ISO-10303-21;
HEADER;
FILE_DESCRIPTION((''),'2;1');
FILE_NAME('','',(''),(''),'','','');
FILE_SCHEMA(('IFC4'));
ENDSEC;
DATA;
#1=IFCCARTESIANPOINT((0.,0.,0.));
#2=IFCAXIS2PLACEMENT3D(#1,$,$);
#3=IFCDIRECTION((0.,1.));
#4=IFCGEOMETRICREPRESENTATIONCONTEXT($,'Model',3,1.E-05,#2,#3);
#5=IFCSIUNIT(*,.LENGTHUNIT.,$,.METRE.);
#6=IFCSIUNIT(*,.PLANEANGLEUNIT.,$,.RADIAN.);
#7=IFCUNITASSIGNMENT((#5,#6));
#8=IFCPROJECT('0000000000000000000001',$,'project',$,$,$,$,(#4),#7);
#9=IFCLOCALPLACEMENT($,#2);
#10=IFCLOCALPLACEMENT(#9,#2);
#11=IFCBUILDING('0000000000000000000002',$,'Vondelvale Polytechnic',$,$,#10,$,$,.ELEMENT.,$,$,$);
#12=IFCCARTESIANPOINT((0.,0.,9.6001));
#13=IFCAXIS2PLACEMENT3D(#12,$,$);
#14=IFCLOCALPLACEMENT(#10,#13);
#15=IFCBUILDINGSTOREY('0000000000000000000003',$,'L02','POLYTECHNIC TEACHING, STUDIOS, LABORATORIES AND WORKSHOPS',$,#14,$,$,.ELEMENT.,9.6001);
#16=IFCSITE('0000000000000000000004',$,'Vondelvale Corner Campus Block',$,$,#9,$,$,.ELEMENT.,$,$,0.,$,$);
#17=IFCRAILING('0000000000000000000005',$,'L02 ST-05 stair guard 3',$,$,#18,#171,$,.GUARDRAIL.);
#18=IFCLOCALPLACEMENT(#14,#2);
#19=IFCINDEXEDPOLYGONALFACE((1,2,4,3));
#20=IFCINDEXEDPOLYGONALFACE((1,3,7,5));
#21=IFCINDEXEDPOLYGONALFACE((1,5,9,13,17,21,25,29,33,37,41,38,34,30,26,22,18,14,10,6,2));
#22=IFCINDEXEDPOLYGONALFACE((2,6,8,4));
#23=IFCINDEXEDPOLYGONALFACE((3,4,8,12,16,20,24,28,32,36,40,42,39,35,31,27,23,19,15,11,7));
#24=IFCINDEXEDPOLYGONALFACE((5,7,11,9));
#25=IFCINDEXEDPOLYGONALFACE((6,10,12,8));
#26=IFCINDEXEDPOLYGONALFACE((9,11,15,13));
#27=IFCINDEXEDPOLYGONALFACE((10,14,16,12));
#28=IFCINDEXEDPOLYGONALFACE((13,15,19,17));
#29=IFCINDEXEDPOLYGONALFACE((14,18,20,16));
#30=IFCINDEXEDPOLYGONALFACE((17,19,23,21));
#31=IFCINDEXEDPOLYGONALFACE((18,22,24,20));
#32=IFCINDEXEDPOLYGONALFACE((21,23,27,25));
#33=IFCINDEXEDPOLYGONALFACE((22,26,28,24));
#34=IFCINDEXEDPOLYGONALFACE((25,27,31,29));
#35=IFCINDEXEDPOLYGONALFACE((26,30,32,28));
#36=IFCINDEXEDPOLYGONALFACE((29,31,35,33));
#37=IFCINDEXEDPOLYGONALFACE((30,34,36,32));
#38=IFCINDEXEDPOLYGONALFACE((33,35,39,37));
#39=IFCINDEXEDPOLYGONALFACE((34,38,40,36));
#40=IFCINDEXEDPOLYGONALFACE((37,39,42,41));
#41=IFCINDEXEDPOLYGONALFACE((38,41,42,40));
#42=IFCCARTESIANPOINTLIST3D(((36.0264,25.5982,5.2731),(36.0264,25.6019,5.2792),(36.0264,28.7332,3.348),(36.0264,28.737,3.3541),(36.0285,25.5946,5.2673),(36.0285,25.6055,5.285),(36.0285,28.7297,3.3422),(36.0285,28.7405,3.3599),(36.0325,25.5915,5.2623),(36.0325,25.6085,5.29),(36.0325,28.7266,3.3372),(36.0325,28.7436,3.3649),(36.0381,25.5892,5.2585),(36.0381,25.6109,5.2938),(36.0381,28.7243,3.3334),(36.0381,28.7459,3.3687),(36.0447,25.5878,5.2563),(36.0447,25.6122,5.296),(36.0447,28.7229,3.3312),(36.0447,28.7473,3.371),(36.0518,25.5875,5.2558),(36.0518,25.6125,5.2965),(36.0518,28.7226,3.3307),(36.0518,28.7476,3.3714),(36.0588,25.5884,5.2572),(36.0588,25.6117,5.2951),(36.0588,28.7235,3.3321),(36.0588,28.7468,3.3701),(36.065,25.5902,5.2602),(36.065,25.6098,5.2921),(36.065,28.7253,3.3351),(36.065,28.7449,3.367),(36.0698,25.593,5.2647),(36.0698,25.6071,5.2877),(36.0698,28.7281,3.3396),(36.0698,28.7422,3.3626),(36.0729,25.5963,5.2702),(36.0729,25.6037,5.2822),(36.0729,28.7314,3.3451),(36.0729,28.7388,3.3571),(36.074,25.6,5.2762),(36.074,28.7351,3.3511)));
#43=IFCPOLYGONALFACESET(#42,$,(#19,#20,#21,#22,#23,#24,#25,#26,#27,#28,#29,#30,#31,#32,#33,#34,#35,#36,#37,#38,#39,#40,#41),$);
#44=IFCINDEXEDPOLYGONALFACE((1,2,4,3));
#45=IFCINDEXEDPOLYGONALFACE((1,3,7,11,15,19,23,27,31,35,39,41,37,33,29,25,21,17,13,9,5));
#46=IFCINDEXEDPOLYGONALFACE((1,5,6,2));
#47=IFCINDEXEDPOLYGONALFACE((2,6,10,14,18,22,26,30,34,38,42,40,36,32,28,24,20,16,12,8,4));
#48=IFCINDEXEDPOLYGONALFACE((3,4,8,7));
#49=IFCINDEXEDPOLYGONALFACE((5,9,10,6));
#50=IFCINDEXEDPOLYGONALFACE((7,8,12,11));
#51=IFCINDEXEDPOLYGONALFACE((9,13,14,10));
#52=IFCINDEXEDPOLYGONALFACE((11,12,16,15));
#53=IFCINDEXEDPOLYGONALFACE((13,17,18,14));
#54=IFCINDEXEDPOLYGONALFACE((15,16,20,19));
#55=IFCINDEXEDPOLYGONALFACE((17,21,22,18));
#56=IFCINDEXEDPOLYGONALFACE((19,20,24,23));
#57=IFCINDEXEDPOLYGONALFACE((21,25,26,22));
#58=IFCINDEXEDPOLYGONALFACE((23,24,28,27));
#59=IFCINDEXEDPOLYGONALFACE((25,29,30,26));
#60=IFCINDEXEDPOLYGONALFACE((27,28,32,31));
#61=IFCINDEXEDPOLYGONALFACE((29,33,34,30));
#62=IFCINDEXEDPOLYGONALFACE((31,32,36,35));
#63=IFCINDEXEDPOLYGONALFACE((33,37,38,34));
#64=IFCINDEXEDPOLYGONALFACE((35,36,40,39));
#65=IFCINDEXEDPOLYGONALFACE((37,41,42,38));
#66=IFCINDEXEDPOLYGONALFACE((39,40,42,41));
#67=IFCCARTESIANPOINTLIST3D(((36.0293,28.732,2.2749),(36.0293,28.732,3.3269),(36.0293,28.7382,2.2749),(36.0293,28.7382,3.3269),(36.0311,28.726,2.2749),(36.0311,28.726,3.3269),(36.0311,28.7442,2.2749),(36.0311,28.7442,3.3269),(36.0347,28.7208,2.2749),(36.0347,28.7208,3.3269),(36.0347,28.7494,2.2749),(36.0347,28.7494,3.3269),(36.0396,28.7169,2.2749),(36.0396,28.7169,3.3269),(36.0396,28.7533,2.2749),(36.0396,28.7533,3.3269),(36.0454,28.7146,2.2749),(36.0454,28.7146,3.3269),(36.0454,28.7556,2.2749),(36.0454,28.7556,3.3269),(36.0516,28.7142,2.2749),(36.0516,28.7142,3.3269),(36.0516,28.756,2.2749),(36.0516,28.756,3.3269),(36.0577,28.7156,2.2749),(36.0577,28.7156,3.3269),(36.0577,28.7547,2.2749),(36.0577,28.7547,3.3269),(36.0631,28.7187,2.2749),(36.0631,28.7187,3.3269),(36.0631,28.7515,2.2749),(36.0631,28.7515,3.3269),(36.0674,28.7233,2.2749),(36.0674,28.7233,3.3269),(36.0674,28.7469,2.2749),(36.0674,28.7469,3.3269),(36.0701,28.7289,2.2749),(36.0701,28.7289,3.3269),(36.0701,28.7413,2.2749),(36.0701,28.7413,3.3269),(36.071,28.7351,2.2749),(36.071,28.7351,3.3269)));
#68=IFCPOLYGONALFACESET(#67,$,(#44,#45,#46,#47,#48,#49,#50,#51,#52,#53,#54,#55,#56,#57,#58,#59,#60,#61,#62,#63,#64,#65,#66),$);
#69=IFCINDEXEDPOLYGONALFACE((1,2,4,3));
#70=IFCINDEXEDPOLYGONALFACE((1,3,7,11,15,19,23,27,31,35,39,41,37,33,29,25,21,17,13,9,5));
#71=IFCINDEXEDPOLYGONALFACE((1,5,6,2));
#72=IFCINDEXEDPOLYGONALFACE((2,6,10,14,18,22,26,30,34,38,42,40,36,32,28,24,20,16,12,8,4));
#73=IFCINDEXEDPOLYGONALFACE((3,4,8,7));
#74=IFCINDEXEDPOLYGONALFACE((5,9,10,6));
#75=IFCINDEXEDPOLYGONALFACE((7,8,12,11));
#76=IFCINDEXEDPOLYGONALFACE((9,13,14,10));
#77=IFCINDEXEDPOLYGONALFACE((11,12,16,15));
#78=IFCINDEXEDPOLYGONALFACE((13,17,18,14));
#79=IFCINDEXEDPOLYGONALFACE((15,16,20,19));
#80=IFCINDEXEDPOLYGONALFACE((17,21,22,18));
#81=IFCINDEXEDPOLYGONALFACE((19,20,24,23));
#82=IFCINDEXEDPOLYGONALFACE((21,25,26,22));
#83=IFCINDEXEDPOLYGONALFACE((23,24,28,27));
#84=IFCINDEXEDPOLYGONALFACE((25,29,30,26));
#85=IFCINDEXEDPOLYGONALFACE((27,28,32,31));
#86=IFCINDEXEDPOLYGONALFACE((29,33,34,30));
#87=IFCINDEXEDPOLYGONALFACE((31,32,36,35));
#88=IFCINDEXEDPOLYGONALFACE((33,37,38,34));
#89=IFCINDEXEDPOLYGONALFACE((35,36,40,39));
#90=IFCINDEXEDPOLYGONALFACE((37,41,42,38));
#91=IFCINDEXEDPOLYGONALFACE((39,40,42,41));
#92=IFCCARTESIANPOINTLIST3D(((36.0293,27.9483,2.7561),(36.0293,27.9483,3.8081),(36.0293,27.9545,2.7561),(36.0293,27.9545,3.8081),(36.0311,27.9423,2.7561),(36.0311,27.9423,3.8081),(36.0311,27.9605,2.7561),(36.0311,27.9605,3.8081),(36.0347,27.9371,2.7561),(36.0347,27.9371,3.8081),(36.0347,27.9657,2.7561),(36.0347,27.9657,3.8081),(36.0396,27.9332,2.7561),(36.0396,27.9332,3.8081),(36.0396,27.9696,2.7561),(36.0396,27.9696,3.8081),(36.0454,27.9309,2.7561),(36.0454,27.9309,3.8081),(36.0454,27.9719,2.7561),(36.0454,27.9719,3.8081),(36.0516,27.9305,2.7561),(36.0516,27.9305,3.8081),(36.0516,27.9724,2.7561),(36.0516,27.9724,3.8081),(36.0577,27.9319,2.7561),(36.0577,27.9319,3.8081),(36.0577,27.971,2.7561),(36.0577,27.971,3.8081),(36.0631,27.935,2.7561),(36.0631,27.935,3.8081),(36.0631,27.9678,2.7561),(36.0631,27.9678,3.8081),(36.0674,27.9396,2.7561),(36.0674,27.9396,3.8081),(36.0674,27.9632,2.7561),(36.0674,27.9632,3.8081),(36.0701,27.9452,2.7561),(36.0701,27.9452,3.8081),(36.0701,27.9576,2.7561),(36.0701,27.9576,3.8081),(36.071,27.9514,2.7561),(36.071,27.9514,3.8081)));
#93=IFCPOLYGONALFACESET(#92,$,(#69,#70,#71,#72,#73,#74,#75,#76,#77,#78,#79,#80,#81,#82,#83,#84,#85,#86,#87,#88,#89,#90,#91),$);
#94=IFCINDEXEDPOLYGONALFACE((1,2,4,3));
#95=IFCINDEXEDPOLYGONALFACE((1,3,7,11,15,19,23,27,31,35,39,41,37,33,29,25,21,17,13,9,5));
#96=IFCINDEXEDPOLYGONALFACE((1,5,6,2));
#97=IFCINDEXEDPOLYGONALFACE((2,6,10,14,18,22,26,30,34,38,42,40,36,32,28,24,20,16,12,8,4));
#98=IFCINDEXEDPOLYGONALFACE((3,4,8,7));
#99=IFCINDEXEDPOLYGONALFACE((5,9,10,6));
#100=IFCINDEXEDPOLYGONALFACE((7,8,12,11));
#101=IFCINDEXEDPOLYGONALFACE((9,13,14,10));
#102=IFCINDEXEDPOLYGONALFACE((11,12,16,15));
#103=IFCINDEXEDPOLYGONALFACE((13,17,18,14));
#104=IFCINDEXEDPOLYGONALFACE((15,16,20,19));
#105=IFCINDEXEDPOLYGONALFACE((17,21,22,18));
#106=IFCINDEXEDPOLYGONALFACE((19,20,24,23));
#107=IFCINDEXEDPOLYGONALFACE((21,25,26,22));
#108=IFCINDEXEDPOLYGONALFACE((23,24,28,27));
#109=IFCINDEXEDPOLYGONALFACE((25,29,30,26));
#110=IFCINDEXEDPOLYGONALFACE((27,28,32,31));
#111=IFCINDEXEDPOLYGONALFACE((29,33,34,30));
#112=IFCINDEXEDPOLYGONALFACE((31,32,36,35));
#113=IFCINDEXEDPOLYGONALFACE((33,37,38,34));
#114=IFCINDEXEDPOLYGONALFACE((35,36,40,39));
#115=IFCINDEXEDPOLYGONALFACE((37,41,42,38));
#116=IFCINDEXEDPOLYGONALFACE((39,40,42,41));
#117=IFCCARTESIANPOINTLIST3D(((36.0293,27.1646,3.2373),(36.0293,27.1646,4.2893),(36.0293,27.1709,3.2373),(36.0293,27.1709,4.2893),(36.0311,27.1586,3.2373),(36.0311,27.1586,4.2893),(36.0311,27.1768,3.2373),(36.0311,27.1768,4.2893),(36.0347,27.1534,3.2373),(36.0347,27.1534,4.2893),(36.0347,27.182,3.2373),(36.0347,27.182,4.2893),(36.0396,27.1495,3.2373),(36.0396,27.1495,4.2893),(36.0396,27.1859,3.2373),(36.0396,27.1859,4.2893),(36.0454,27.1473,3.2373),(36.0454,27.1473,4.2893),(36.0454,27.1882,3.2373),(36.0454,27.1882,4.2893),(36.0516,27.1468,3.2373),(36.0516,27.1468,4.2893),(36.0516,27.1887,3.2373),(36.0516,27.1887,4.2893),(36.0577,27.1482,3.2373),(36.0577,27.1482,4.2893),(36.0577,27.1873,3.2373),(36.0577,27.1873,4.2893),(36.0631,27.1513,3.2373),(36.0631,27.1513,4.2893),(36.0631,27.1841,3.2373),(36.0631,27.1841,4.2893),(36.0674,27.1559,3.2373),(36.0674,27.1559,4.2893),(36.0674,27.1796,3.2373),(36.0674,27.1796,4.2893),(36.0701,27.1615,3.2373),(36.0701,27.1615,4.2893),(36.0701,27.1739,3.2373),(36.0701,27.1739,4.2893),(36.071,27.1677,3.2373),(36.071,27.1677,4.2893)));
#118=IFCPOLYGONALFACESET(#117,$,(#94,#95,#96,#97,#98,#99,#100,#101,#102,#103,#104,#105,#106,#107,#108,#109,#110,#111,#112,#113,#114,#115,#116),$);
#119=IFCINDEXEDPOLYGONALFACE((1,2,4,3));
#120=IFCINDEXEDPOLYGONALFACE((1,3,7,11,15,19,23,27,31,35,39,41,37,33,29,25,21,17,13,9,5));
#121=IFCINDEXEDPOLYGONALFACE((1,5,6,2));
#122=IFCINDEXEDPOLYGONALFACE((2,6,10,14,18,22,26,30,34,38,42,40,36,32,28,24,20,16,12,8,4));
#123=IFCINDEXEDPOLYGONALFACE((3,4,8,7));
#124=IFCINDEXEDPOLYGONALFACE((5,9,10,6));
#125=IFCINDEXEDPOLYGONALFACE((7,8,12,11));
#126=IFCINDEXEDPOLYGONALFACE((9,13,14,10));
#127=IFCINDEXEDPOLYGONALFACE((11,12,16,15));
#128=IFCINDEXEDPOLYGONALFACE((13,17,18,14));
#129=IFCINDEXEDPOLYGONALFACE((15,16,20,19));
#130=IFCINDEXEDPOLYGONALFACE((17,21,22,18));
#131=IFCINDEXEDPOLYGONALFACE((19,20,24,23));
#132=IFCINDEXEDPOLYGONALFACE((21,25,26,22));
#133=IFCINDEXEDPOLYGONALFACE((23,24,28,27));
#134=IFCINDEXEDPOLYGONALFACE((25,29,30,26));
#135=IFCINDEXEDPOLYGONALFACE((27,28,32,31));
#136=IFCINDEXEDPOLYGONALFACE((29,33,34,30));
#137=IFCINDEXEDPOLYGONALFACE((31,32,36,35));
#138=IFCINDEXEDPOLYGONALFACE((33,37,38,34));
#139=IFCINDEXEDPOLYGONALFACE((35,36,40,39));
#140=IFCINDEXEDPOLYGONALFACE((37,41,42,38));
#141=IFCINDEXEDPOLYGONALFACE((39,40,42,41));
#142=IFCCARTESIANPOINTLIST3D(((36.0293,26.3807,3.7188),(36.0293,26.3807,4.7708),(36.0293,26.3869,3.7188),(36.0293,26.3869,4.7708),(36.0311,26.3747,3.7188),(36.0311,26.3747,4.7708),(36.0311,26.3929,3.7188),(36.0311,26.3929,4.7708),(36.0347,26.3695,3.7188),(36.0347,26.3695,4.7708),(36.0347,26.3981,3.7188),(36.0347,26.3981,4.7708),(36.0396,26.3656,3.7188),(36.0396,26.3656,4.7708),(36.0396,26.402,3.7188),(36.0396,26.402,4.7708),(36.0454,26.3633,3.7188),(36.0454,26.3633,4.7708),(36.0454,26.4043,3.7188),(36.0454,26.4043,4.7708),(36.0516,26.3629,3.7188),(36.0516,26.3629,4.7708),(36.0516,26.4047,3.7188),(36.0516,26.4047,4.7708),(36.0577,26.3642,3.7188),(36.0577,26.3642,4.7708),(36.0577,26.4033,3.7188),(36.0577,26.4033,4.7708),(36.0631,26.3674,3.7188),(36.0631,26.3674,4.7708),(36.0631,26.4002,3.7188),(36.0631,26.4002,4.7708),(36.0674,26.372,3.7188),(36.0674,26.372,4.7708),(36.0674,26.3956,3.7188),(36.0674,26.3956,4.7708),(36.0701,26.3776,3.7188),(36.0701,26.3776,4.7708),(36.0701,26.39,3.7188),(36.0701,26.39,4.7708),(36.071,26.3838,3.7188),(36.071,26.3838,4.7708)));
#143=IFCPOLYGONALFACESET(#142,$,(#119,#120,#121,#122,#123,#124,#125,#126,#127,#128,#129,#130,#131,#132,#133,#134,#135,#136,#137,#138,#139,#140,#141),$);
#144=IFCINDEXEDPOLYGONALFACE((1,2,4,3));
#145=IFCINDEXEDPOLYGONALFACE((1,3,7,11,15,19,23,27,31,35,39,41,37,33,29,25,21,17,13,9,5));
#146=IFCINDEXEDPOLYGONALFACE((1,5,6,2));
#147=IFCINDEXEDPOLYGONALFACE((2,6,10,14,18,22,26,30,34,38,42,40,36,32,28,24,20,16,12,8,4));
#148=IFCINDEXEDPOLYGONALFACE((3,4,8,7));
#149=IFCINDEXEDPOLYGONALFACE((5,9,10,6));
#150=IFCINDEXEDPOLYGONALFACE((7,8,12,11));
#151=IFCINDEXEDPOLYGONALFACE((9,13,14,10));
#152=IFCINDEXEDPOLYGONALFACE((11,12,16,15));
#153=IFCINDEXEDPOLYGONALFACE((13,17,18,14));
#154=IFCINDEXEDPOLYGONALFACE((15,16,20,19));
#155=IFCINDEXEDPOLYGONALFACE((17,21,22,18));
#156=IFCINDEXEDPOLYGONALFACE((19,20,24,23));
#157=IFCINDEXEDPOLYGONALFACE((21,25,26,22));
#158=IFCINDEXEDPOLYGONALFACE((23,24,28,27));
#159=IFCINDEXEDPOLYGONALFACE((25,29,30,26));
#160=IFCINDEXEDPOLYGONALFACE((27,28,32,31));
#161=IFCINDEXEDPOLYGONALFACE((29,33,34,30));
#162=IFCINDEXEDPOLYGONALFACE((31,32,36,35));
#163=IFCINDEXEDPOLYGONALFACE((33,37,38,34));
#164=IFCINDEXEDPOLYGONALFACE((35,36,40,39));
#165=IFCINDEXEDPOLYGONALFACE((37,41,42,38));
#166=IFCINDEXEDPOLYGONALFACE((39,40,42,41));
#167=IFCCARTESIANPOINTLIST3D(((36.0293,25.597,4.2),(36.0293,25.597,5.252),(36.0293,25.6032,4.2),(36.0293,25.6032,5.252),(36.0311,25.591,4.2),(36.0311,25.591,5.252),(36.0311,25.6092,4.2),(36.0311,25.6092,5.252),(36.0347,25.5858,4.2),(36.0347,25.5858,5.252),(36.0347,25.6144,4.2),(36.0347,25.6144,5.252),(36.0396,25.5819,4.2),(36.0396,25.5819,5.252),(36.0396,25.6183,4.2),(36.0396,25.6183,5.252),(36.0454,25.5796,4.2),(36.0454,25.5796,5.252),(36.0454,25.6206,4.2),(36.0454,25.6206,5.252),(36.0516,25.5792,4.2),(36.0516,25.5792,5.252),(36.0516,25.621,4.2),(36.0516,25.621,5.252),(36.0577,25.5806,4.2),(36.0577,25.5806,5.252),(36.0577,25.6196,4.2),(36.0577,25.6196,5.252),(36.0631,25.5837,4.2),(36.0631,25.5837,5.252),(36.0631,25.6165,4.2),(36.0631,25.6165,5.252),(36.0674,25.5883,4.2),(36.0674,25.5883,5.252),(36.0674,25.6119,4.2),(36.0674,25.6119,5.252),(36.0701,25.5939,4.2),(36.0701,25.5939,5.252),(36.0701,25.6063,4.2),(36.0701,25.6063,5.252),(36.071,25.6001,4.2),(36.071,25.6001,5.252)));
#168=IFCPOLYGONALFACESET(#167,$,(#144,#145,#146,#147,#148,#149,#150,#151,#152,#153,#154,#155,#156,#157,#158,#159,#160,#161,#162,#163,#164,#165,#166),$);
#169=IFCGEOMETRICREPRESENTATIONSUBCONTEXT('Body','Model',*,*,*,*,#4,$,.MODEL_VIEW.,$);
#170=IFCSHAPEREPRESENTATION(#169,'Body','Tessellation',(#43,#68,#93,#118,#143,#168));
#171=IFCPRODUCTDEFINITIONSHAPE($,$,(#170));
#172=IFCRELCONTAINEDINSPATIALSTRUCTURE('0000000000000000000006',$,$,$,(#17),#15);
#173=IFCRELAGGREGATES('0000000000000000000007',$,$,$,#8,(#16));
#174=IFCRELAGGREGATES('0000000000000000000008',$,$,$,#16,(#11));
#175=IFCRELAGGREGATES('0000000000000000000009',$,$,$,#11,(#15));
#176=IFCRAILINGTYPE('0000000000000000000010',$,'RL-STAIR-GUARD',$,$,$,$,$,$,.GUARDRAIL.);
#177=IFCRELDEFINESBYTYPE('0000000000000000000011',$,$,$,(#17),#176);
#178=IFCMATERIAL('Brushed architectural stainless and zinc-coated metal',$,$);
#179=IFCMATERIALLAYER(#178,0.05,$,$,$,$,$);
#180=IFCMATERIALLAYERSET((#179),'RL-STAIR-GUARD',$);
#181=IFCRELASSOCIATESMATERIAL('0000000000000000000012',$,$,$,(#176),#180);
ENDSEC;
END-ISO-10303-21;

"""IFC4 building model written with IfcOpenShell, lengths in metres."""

from ifc_helpers import new_model, si_unit, direction, frame, origin, origin_2d, place, context, subcontext, project, spatial, circle, extrude, material, layer, layer_set, type_object, element, save


model = new_model("IFC4")

# Units and contexts
model_context = context("Model", 3, precision=1e-05, world=origin(), true_north=direction((0.0, 1.0)))
body_context = subcontext(model_context, "Body", "Model", "MODEL_VIEW")
ifc_project = project(units=[si_unit("LENGTHUNIT", "METRE"), si_unit("PLANEANGLEUNIT", "RADIAN")], contexts=[model_context])

# Site, building, storey
site_placement = place(None, origin())
site = spatial("IfcSite", under=ifc_project, at=site_placement, Name="Vondelvale Corner Campus Block", CompositionType="ELEMENT", RefElevation=0.0)
building_placement = place(site_placement, origin())
building = spatial("IfcBuilding", under=site, at=building_placement, Name="Vondelvale Polytechnic", CompositionType="ELEMENT")
storey_placement = place(building_placement, frame((0.0, 0.0, 9.6001)))
storey = spatial("IfcBuildingStorey", under=building, at=storey_placement, Name="L02", Description="POLYTECHNIC TEACHING, STUDIOS, LABORATORIES AND WORKSHOPS", CompositionType="ELEMENT", Elevation=9.6001)

# Railing
ifc_material_1 = material(Name="Brushed architectural stainless and zinc-coated metal")
ifc_layer_1 = layer(ifc_material_1, 0.05)
ifc_layer_set_1 = layer_set([ifc_layer_1], Name="RL-STAIR-GUARD")
railing_type_1 = type_object("IfcRailingType", Name="RL-STAIR-GUARD", PredefinedType="GUARDRAIL", material=ifc_layer_set_1)
railing_1_placement = place(storey_placement, frame((36.05, 28.7351, 2.2749)))
element("IfcRailing", 1, at=railing_1_placement, inside=storey, type_object=railing_type_1, Name="L02 ST-05 stair guard 3", PredefinedType="GUARDRAIL", context=body_context, shape_type="SweptSolid", body=[
    extrude(circle(Radius=0.0239, at=origin_2d()), frame((0.0, 0.0, 1.0762), z_axis=(0.0, -0.852166, 0.523271), x_axis=(1.0, 0.0, 0.0)), (0.0, 0.0, 1.0), 3.679),
    extrude(circle(Radius=0.021, at=origin_2d()), origin(), (0.0, 0.0, 1.0), 1.052),
    extrude(circle(Radius=0.021, at=origin_2d()), frame((0.0, -0.7837, 0.4812)), (0.0, 0.0, 1.0), 1.052),
    extrude(circle(Radius=0.021, at=origin_2d()), frame((0.0, -1.5674, 0.9624)), (0.0, 0.0, 1.0), 1.052),
    extrude(circle(Radius=0.021, at=origin_2d()), frame((0.0, -2.3513, 1.4438)), (0.0, 0.0, 1.0), 1.052),
    extrude(circle(Radius=0.021, at=origin_2d()), frame((0.0, -3.135, 1.925)), (0.0, 0.0, 1.0), 1.052),
])

save(model, "model.ifc")
